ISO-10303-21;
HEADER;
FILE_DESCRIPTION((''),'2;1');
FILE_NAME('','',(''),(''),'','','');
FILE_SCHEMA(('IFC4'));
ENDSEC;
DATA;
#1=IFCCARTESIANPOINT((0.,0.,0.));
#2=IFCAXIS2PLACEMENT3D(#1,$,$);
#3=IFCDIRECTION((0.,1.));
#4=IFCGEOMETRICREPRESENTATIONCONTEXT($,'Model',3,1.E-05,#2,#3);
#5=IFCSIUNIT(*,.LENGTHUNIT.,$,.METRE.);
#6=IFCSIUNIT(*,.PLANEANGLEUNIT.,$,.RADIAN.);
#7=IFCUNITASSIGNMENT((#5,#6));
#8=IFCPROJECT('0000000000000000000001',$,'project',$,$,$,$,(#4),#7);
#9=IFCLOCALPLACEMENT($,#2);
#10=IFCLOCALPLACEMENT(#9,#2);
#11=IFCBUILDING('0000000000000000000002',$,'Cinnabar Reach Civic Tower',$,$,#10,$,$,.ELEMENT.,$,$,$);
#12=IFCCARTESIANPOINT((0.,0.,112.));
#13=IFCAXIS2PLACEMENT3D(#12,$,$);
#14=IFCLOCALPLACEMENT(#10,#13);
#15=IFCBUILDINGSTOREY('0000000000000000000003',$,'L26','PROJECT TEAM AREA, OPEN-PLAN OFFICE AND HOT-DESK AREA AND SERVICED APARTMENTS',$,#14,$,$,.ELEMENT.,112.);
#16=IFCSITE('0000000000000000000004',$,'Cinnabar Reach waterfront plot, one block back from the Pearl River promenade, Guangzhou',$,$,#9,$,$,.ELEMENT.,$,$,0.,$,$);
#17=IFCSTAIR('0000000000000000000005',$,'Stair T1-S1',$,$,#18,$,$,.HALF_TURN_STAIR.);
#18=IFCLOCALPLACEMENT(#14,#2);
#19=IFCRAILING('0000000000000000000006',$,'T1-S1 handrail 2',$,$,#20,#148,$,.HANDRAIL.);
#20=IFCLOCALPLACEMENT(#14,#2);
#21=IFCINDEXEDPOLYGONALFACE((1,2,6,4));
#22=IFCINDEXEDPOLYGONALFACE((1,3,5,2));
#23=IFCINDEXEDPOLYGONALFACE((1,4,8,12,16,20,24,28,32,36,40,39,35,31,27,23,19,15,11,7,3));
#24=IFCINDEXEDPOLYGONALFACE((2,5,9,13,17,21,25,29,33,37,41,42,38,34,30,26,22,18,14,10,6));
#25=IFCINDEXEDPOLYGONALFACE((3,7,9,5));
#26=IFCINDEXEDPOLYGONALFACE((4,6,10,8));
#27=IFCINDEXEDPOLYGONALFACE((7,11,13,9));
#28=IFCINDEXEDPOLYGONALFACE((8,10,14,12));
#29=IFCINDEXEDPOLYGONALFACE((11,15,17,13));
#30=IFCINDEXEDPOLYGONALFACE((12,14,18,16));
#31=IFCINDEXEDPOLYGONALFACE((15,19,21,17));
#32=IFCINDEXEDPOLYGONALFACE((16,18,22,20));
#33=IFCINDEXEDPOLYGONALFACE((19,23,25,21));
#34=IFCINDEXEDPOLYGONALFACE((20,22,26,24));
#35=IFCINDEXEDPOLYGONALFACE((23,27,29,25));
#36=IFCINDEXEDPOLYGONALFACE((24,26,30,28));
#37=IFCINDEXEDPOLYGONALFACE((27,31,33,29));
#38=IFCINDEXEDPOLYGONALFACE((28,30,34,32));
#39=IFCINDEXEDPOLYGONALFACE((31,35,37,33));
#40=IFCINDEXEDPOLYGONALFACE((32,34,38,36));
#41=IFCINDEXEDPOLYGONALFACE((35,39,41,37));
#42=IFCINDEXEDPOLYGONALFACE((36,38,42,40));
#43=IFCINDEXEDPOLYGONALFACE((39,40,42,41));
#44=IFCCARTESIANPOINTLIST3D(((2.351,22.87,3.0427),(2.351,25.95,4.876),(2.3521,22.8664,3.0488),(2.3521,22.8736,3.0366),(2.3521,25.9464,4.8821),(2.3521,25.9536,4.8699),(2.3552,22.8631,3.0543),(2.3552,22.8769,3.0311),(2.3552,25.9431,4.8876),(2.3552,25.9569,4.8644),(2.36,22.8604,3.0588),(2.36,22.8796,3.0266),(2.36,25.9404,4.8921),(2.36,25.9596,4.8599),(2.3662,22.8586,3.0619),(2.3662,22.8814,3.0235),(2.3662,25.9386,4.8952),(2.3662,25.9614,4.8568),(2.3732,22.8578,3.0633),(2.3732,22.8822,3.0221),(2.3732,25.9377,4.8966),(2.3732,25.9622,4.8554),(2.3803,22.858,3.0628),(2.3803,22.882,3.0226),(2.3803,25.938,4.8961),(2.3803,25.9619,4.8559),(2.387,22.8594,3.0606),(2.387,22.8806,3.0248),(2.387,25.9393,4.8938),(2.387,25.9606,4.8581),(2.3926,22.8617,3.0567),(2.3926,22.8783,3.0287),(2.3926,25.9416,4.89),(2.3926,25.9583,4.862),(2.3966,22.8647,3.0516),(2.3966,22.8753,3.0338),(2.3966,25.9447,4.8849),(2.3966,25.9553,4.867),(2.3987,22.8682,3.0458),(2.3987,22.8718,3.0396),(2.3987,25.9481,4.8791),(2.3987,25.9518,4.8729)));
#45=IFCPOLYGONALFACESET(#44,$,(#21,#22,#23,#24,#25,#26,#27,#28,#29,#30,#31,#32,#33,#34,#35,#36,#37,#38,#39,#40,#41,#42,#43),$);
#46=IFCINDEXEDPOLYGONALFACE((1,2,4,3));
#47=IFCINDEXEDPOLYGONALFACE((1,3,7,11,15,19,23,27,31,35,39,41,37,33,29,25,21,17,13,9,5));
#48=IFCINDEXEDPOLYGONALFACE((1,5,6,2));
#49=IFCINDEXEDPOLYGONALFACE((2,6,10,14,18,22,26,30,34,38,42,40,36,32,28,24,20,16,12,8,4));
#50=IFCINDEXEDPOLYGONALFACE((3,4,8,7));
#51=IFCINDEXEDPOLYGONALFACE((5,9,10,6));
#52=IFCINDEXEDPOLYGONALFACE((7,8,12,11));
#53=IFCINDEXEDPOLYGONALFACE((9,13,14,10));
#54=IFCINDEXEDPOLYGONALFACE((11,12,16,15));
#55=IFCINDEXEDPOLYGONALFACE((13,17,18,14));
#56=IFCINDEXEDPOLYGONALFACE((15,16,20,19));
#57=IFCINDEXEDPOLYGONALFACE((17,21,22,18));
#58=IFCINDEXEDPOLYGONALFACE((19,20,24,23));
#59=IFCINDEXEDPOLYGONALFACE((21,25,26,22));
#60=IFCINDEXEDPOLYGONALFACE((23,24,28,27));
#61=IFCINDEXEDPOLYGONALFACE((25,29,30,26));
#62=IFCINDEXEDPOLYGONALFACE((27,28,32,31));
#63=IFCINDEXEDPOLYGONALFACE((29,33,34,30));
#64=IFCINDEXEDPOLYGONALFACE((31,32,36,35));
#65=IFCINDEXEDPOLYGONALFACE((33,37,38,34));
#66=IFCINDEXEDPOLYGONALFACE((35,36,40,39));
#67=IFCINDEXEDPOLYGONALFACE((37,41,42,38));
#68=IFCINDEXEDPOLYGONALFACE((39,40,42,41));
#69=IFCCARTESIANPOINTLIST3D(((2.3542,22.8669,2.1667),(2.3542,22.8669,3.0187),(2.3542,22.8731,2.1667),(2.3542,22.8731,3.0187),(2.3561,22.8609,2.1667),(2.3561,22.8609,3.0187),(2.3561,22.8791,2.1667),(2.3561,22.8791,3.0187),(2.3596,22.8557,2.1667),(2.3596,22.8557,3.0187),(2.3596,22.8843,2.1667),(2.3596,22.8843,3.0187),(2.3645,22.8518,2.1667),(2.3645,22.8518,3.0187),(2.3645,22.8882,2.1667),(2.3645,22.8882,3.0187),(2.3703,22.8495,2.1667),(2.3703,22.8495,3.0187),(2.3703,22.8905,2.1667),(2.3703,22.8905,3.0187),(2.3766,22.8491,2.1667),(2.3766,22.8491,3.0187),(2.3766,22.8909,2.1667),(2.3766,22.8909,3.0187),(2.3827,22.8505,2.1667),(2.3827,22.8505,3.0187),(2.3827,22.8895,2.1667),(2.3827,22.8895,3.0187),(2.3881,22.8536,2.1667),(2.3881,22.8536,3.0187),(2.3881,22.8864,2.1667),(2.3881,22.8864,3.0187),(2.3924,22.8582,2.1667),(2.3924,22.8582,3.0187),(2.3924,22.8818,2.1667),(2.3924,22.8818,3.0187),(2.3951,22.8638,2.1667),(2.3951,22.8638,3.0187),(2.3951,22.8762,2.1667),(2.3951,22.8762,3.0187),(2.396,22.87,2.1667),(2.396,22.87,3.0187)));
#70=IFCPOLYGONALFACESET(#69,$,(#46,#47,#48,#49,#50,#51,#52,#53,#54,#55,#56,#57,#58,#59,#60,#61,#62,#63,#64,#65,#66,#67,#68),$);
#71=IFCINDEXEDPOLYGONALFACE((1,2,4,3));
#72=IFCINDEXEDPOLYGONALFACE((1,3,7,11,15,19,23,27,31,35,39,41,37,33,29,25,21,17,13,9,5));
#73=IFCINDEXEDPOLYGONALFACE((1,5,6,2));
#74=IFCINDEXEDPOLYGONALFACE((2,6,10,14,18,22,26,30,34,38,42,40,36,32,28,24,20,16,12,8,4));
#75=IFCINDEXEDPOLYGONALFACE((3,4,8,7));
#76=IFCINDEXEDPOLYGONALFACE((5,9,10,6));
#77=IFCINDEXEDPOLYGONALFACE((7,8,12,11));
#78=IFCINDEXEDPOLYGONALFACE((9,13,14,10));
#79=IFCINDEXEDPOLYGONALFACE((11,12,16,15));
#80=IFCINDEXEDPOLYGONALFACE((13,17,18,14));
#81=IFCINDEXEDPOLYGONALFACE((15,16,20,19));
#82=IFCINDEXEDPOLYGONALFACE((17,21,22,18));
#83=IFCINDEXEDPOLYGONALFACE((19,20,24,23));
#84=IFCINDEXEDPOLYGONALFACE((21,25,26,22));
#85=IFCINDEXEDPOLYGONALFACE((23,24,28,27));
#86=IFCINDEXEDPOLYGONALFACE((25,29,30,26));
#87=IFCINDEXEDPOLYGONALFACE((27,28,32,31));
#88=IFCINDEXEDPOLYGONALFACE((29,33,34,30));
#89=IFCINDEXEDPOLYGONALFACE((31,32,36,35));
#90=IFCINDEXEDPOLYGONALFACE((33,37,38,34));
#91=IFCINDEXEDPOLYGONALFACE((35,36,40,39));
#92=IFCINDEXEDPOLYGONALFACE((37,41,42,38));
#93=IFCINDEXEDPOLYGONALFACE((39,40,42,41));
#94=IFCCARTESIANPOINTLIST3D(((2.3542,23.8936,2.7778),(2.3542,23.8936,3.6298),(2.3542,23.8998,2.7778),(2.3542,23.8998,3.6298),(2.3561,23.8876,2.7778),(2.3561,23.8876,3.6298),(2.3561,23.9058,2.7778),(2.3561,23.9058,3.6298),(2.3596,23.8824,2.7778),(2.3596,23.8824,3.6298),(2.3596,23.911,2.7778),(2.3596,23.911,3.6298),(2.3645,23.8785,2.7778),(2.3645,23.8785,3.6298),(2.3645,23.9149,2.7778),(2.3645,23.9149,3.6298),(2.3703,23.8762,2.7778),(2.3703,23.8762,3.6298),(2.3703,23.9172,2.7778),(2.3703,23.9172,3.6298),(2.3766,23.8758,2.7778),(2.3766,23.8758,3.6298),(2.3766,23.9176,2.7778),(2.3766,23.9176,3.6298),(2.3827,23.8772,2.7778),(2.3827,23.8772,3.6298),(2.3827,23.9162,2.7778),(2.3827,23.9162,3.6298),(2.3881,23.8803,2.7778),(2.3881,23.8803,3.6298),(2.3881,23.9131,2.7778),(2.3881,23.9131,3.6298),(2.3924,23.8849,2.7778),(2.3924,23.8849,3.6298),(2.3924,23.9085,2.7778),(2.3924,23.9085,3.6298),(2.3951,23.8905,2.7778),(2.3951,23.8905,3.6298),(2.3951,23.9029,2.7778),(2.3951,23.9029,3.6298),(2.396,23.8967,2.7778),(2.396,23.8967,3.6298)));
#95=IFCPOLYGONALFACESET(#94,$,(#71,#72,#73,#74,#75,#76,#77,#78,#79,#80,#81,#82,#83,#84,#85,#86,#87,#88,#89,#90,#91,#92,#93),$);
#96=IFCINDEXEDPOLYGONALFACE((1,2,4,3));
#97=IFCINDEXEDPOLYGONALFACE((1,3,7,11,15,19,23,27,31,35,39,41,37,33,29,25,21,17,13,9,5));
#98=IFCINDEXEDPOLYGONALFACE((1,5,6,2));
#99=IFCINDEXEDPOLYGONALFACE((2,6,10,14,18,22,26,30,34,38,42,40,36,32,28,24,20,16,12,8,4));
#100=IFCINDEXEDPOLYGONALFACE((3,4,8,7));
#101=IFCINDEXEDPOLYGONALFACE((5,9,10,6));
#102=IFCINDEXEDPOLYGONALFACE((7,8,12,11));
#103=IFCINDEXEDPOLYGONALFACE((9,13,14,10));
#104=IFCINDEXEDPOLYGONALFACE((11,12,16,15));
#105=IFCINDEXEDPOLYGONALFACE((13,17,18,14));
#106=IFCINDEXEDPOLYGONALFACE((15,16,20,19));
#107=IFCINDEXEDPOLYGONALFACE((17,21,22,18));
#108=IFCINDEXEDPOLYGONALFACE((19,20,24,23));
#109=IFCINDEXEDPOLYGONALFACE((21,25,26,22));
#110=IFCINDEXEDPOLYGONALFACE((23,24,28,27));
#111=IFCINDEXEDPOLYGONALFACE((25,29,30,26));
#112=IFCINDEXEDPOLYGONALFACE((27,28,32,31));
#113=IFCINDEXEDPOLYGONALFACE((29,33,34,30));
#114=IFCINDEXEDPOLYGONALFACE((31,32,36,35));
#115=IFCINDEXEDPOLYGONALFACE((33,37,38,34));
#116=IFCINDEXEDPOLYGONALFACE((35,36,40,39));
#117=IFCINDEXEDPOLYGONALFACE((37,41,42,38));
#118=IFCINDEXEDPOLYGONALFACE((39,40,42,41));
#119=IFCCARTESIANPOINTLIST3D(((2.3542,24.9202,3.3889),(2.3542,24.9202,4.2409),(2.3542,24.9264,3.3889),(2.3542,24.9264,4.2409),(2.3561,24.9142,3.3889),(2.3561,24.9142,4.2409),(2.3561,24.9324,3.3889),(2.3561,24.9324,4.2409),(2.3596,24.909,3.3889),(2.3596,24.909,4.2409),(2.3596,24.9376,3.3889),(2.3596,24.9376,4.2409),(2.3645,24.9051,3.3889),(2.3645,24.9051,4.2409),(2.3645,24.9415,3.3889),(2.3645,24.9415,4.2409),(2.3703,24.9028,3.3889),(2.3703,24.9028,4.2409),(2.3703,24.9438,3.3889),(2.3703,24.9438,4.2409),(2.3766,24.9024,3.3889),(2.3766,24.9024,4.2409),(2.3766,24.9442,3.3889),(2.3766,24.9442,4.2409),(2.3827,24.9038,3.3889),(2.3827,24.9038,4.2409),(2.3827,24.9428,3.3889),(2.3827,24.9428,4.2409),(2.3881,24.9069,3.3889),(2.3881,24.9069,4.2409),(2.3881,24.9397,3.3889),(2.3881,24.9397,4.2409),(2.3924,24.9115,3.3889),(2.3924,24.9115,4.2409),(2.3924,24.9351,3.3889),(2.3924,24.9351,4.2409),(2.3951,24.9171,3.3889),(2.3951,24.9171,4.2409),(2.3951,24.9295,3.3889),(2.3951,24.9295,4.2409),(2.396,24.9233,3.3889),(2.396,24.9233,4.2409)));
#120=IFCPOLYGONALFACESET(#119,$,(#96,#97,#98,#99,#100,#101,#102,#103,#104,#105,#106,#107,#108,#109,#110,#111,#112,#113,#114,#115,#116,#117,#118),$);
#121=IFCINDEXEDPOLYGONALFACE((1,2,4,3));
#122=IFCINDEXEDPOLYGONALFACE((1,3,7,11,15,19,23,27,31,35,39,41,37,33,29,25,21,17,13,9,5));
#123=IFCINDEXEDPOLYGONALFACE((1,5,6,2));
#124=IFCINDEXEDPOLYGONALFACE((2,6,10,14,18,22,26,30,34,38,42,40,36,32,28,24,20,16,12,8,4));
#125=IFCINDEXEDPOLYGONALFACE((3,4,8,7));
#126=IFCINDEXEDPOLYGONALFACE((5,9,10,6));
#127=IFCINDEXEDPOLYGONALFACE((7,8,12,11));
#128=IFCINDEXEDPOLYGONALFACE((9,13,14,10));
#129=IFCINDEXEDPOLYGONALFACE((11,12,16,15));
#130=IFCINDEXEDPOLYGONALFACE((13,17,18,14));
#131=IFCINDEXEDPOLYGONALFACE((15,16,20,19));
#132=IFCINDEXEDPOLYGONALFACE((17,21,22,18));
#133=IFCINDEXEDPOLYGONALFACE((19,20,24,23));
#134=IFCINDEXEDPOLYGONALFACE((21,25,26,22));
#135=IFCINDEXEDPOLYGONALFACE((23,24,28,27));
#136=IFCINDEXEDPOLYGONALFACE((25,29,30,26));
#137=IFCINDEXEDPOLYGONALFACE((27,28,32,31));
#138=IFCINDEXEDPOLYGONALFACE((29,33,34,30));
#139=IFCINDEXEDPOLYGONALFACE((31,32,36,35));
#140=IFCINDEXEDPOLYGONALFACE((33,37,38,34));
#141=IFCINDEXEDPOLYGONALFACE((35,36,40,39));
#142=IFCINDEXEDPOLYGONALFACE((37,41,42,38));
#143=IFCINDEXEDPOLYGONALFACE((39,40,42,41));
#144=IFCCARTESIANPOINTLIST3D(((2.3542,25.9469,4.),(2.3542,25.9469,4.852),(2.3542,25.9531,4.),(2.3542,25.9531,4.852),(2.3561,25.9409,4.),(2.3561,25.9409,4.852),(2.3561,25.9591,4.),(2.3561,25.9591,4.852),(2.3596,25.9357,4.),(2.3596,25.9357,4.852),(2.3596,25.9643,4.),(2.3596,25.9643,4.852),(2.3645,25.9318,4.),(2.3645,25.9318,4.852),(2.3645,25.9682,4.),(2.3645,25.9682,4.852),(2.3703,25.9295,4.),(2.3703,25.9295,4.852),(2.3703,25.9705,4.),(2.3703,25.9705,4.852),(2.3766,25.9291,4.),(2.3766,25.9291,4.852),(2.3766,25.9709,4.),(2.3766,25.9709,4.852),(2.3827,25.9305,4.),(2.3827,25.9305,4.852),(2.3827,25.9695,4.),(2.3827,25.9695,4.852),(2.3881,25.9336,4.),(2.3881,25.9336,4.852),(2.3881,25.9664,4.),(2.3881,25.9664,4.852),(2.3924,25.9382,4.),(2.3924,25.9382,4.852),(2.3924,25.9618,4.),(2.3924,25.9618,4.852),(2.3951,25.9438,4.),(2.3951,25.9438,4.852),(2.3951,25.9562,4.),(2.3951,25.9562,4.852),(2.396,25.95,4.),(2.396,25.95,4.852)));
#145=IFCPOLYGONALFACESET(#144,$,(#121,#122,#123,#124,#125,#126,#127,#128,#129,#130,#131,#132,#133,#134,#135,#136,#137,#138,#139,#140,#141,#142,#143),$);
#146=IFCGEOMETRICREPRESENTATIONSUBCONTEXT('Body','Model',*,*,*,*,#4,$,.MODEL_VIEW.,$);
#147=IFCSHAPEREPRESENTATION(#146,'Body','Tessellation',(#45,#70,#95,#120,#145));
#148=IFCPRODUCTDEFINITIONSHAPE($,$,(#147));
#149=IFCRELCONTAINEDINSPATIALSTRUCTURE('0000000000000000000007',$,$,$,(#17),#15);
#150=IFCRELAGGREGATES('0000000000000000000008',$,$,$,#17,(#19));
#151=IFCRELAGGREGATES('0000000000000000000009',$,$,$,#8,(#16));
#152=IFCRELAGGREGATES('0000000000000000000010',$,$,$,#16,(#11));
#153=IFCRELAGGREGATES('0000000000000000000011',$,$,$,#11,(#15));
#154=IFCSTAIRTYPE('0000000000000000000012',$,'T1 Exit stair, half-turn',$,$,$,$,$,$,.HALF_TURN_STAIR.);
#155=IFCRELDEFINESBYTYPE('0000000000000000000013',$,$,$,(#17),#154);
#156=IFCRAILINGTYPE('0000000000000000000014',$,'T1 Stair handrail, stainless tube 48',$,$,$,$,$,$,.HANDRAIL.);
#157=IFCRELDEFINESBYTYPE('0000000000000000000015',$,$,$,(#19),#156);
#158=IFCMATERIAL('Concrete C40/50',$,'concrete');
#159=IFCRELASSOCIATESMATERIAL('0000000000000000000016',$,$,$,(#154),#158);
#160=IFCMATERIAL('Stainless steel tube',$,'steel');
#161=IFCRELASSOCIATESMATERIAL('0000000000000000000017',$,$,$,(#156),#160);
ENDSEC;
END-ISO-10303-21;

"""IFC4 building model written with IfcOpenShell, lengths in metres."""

from ifc_helpers import new_model, si_unit, direction, frame, origin, origin_2d, place, context, subcontext, project, spatial, circle, extrude, material, type_object, element, aggregate, save


model = new_model("IFC4")

# Units and contexts
model_context = context("Model", 3, precision=1e-05, world=origin(), true_north=direction((0.0, 1.0)))
body_context = subcontext(model_context, "Body", "Model", "MODEL_VIEW")
ifc_project = project(units=[si_unit("LENGTHUNIT", "METRE"), si_unit("PLANEANGLEUNIT", "RADIAN")], contexts=[model_context])

# Site, building, storey
site_placement = place(None, origin())
site = spatial("IfcSite", under=ifc_project, at=site_placement, Name="Cinnabar Reach waterfront plot, one block back from the Pearl River promenade, Guangzhou", CompositionType="ELEMENT", RefElevation=0.0)
building_placement = place(site_placement, origin())
building = spatial("IfcBuilding", under=site, at=building_placement, Name="Cinnabar Reach Civic Tower", CompositionType="ELEMENT")
storey_placement = place(building_placement, frame((0.0, 0.0, 112.0)))
storey = spatial("IfcBuildingStorey", under=building, at=storey_placement, Name="L26", Description="PROJECT TEAM AREA, OPEN-PLAN OFFICE AND HOT-DESK AREA AND SERVICED APARTMENTS", CompositionType="ELEMENT", Elevation=112.0)

# Stair, railing
ifc_material_1 = material(Name="Concrete C40/50", Category="concrete")
stair_type = type_object("IfcStairType", Name="T1 Exit stair, half-turn", PredefinedType="HALF_TURN_STAIR", material=ifc_material_1)
stair_placement = place(storey_placement, origin())
stair = element("IfcStair", 1, at=stair_placement, inside=storey, type_object=stair_type, Name="Stair T1-S1", PredefinedType="HALF_TURN_STAIR")
ifc_material_2 = material(Name="Stainless steel tube", Category="steel")
railing_type = type_object("IfcRailingType", Name="T1 Stair handrail, stainless tube 48", PredefinedType="HANDRAIL", material=ifc_material_2)
railing_1_placement = place(storey_placement, frame((2.375, 22.87, 2.1667)))
railing_1 = element("IfcRailing", 2, at=railing_1_placement, type_object=railing_type, Name="T1-S1 handrail 2", PredefinedType="HANDRAIL", context=body_context, shape_type="SweptSolid", body=[
    extrude(circle(Radius=0.024, at=origin_2d()), frame((0.0, 0.0, 0.876), z_axis=(0.0, 0.859297, 0.511477), x_axis=(-1.0, 0.0, 0.0)), (0.0, 0.0, 1.0), 3.5843),
    extrude(circle(Radius=0.021, at=origin_2d()), origin(), (0.0, 0.0, 1.0), 0.852),
    extrude(circle(Radius=0.021, at=origin_2d()), frame((0.0, 1.0267, 0.6111)), (0.0, 0.0, 1.0), 0.852),
    extrude(circle(Radius=0.021, at=origin_2d()), frame((0.0, 2.0533, 1.2222)), (0.0, 0.0, 1.0), 0.852),
    extrude(circle(Radius=0.021, at=origin_2d()), frame((0.0, 3.08, 1.8333)), (0.0, 0.0, 1.0), 0.852),
])
aggregate(stair, [railing_1])

save(model, "model.ifc")
